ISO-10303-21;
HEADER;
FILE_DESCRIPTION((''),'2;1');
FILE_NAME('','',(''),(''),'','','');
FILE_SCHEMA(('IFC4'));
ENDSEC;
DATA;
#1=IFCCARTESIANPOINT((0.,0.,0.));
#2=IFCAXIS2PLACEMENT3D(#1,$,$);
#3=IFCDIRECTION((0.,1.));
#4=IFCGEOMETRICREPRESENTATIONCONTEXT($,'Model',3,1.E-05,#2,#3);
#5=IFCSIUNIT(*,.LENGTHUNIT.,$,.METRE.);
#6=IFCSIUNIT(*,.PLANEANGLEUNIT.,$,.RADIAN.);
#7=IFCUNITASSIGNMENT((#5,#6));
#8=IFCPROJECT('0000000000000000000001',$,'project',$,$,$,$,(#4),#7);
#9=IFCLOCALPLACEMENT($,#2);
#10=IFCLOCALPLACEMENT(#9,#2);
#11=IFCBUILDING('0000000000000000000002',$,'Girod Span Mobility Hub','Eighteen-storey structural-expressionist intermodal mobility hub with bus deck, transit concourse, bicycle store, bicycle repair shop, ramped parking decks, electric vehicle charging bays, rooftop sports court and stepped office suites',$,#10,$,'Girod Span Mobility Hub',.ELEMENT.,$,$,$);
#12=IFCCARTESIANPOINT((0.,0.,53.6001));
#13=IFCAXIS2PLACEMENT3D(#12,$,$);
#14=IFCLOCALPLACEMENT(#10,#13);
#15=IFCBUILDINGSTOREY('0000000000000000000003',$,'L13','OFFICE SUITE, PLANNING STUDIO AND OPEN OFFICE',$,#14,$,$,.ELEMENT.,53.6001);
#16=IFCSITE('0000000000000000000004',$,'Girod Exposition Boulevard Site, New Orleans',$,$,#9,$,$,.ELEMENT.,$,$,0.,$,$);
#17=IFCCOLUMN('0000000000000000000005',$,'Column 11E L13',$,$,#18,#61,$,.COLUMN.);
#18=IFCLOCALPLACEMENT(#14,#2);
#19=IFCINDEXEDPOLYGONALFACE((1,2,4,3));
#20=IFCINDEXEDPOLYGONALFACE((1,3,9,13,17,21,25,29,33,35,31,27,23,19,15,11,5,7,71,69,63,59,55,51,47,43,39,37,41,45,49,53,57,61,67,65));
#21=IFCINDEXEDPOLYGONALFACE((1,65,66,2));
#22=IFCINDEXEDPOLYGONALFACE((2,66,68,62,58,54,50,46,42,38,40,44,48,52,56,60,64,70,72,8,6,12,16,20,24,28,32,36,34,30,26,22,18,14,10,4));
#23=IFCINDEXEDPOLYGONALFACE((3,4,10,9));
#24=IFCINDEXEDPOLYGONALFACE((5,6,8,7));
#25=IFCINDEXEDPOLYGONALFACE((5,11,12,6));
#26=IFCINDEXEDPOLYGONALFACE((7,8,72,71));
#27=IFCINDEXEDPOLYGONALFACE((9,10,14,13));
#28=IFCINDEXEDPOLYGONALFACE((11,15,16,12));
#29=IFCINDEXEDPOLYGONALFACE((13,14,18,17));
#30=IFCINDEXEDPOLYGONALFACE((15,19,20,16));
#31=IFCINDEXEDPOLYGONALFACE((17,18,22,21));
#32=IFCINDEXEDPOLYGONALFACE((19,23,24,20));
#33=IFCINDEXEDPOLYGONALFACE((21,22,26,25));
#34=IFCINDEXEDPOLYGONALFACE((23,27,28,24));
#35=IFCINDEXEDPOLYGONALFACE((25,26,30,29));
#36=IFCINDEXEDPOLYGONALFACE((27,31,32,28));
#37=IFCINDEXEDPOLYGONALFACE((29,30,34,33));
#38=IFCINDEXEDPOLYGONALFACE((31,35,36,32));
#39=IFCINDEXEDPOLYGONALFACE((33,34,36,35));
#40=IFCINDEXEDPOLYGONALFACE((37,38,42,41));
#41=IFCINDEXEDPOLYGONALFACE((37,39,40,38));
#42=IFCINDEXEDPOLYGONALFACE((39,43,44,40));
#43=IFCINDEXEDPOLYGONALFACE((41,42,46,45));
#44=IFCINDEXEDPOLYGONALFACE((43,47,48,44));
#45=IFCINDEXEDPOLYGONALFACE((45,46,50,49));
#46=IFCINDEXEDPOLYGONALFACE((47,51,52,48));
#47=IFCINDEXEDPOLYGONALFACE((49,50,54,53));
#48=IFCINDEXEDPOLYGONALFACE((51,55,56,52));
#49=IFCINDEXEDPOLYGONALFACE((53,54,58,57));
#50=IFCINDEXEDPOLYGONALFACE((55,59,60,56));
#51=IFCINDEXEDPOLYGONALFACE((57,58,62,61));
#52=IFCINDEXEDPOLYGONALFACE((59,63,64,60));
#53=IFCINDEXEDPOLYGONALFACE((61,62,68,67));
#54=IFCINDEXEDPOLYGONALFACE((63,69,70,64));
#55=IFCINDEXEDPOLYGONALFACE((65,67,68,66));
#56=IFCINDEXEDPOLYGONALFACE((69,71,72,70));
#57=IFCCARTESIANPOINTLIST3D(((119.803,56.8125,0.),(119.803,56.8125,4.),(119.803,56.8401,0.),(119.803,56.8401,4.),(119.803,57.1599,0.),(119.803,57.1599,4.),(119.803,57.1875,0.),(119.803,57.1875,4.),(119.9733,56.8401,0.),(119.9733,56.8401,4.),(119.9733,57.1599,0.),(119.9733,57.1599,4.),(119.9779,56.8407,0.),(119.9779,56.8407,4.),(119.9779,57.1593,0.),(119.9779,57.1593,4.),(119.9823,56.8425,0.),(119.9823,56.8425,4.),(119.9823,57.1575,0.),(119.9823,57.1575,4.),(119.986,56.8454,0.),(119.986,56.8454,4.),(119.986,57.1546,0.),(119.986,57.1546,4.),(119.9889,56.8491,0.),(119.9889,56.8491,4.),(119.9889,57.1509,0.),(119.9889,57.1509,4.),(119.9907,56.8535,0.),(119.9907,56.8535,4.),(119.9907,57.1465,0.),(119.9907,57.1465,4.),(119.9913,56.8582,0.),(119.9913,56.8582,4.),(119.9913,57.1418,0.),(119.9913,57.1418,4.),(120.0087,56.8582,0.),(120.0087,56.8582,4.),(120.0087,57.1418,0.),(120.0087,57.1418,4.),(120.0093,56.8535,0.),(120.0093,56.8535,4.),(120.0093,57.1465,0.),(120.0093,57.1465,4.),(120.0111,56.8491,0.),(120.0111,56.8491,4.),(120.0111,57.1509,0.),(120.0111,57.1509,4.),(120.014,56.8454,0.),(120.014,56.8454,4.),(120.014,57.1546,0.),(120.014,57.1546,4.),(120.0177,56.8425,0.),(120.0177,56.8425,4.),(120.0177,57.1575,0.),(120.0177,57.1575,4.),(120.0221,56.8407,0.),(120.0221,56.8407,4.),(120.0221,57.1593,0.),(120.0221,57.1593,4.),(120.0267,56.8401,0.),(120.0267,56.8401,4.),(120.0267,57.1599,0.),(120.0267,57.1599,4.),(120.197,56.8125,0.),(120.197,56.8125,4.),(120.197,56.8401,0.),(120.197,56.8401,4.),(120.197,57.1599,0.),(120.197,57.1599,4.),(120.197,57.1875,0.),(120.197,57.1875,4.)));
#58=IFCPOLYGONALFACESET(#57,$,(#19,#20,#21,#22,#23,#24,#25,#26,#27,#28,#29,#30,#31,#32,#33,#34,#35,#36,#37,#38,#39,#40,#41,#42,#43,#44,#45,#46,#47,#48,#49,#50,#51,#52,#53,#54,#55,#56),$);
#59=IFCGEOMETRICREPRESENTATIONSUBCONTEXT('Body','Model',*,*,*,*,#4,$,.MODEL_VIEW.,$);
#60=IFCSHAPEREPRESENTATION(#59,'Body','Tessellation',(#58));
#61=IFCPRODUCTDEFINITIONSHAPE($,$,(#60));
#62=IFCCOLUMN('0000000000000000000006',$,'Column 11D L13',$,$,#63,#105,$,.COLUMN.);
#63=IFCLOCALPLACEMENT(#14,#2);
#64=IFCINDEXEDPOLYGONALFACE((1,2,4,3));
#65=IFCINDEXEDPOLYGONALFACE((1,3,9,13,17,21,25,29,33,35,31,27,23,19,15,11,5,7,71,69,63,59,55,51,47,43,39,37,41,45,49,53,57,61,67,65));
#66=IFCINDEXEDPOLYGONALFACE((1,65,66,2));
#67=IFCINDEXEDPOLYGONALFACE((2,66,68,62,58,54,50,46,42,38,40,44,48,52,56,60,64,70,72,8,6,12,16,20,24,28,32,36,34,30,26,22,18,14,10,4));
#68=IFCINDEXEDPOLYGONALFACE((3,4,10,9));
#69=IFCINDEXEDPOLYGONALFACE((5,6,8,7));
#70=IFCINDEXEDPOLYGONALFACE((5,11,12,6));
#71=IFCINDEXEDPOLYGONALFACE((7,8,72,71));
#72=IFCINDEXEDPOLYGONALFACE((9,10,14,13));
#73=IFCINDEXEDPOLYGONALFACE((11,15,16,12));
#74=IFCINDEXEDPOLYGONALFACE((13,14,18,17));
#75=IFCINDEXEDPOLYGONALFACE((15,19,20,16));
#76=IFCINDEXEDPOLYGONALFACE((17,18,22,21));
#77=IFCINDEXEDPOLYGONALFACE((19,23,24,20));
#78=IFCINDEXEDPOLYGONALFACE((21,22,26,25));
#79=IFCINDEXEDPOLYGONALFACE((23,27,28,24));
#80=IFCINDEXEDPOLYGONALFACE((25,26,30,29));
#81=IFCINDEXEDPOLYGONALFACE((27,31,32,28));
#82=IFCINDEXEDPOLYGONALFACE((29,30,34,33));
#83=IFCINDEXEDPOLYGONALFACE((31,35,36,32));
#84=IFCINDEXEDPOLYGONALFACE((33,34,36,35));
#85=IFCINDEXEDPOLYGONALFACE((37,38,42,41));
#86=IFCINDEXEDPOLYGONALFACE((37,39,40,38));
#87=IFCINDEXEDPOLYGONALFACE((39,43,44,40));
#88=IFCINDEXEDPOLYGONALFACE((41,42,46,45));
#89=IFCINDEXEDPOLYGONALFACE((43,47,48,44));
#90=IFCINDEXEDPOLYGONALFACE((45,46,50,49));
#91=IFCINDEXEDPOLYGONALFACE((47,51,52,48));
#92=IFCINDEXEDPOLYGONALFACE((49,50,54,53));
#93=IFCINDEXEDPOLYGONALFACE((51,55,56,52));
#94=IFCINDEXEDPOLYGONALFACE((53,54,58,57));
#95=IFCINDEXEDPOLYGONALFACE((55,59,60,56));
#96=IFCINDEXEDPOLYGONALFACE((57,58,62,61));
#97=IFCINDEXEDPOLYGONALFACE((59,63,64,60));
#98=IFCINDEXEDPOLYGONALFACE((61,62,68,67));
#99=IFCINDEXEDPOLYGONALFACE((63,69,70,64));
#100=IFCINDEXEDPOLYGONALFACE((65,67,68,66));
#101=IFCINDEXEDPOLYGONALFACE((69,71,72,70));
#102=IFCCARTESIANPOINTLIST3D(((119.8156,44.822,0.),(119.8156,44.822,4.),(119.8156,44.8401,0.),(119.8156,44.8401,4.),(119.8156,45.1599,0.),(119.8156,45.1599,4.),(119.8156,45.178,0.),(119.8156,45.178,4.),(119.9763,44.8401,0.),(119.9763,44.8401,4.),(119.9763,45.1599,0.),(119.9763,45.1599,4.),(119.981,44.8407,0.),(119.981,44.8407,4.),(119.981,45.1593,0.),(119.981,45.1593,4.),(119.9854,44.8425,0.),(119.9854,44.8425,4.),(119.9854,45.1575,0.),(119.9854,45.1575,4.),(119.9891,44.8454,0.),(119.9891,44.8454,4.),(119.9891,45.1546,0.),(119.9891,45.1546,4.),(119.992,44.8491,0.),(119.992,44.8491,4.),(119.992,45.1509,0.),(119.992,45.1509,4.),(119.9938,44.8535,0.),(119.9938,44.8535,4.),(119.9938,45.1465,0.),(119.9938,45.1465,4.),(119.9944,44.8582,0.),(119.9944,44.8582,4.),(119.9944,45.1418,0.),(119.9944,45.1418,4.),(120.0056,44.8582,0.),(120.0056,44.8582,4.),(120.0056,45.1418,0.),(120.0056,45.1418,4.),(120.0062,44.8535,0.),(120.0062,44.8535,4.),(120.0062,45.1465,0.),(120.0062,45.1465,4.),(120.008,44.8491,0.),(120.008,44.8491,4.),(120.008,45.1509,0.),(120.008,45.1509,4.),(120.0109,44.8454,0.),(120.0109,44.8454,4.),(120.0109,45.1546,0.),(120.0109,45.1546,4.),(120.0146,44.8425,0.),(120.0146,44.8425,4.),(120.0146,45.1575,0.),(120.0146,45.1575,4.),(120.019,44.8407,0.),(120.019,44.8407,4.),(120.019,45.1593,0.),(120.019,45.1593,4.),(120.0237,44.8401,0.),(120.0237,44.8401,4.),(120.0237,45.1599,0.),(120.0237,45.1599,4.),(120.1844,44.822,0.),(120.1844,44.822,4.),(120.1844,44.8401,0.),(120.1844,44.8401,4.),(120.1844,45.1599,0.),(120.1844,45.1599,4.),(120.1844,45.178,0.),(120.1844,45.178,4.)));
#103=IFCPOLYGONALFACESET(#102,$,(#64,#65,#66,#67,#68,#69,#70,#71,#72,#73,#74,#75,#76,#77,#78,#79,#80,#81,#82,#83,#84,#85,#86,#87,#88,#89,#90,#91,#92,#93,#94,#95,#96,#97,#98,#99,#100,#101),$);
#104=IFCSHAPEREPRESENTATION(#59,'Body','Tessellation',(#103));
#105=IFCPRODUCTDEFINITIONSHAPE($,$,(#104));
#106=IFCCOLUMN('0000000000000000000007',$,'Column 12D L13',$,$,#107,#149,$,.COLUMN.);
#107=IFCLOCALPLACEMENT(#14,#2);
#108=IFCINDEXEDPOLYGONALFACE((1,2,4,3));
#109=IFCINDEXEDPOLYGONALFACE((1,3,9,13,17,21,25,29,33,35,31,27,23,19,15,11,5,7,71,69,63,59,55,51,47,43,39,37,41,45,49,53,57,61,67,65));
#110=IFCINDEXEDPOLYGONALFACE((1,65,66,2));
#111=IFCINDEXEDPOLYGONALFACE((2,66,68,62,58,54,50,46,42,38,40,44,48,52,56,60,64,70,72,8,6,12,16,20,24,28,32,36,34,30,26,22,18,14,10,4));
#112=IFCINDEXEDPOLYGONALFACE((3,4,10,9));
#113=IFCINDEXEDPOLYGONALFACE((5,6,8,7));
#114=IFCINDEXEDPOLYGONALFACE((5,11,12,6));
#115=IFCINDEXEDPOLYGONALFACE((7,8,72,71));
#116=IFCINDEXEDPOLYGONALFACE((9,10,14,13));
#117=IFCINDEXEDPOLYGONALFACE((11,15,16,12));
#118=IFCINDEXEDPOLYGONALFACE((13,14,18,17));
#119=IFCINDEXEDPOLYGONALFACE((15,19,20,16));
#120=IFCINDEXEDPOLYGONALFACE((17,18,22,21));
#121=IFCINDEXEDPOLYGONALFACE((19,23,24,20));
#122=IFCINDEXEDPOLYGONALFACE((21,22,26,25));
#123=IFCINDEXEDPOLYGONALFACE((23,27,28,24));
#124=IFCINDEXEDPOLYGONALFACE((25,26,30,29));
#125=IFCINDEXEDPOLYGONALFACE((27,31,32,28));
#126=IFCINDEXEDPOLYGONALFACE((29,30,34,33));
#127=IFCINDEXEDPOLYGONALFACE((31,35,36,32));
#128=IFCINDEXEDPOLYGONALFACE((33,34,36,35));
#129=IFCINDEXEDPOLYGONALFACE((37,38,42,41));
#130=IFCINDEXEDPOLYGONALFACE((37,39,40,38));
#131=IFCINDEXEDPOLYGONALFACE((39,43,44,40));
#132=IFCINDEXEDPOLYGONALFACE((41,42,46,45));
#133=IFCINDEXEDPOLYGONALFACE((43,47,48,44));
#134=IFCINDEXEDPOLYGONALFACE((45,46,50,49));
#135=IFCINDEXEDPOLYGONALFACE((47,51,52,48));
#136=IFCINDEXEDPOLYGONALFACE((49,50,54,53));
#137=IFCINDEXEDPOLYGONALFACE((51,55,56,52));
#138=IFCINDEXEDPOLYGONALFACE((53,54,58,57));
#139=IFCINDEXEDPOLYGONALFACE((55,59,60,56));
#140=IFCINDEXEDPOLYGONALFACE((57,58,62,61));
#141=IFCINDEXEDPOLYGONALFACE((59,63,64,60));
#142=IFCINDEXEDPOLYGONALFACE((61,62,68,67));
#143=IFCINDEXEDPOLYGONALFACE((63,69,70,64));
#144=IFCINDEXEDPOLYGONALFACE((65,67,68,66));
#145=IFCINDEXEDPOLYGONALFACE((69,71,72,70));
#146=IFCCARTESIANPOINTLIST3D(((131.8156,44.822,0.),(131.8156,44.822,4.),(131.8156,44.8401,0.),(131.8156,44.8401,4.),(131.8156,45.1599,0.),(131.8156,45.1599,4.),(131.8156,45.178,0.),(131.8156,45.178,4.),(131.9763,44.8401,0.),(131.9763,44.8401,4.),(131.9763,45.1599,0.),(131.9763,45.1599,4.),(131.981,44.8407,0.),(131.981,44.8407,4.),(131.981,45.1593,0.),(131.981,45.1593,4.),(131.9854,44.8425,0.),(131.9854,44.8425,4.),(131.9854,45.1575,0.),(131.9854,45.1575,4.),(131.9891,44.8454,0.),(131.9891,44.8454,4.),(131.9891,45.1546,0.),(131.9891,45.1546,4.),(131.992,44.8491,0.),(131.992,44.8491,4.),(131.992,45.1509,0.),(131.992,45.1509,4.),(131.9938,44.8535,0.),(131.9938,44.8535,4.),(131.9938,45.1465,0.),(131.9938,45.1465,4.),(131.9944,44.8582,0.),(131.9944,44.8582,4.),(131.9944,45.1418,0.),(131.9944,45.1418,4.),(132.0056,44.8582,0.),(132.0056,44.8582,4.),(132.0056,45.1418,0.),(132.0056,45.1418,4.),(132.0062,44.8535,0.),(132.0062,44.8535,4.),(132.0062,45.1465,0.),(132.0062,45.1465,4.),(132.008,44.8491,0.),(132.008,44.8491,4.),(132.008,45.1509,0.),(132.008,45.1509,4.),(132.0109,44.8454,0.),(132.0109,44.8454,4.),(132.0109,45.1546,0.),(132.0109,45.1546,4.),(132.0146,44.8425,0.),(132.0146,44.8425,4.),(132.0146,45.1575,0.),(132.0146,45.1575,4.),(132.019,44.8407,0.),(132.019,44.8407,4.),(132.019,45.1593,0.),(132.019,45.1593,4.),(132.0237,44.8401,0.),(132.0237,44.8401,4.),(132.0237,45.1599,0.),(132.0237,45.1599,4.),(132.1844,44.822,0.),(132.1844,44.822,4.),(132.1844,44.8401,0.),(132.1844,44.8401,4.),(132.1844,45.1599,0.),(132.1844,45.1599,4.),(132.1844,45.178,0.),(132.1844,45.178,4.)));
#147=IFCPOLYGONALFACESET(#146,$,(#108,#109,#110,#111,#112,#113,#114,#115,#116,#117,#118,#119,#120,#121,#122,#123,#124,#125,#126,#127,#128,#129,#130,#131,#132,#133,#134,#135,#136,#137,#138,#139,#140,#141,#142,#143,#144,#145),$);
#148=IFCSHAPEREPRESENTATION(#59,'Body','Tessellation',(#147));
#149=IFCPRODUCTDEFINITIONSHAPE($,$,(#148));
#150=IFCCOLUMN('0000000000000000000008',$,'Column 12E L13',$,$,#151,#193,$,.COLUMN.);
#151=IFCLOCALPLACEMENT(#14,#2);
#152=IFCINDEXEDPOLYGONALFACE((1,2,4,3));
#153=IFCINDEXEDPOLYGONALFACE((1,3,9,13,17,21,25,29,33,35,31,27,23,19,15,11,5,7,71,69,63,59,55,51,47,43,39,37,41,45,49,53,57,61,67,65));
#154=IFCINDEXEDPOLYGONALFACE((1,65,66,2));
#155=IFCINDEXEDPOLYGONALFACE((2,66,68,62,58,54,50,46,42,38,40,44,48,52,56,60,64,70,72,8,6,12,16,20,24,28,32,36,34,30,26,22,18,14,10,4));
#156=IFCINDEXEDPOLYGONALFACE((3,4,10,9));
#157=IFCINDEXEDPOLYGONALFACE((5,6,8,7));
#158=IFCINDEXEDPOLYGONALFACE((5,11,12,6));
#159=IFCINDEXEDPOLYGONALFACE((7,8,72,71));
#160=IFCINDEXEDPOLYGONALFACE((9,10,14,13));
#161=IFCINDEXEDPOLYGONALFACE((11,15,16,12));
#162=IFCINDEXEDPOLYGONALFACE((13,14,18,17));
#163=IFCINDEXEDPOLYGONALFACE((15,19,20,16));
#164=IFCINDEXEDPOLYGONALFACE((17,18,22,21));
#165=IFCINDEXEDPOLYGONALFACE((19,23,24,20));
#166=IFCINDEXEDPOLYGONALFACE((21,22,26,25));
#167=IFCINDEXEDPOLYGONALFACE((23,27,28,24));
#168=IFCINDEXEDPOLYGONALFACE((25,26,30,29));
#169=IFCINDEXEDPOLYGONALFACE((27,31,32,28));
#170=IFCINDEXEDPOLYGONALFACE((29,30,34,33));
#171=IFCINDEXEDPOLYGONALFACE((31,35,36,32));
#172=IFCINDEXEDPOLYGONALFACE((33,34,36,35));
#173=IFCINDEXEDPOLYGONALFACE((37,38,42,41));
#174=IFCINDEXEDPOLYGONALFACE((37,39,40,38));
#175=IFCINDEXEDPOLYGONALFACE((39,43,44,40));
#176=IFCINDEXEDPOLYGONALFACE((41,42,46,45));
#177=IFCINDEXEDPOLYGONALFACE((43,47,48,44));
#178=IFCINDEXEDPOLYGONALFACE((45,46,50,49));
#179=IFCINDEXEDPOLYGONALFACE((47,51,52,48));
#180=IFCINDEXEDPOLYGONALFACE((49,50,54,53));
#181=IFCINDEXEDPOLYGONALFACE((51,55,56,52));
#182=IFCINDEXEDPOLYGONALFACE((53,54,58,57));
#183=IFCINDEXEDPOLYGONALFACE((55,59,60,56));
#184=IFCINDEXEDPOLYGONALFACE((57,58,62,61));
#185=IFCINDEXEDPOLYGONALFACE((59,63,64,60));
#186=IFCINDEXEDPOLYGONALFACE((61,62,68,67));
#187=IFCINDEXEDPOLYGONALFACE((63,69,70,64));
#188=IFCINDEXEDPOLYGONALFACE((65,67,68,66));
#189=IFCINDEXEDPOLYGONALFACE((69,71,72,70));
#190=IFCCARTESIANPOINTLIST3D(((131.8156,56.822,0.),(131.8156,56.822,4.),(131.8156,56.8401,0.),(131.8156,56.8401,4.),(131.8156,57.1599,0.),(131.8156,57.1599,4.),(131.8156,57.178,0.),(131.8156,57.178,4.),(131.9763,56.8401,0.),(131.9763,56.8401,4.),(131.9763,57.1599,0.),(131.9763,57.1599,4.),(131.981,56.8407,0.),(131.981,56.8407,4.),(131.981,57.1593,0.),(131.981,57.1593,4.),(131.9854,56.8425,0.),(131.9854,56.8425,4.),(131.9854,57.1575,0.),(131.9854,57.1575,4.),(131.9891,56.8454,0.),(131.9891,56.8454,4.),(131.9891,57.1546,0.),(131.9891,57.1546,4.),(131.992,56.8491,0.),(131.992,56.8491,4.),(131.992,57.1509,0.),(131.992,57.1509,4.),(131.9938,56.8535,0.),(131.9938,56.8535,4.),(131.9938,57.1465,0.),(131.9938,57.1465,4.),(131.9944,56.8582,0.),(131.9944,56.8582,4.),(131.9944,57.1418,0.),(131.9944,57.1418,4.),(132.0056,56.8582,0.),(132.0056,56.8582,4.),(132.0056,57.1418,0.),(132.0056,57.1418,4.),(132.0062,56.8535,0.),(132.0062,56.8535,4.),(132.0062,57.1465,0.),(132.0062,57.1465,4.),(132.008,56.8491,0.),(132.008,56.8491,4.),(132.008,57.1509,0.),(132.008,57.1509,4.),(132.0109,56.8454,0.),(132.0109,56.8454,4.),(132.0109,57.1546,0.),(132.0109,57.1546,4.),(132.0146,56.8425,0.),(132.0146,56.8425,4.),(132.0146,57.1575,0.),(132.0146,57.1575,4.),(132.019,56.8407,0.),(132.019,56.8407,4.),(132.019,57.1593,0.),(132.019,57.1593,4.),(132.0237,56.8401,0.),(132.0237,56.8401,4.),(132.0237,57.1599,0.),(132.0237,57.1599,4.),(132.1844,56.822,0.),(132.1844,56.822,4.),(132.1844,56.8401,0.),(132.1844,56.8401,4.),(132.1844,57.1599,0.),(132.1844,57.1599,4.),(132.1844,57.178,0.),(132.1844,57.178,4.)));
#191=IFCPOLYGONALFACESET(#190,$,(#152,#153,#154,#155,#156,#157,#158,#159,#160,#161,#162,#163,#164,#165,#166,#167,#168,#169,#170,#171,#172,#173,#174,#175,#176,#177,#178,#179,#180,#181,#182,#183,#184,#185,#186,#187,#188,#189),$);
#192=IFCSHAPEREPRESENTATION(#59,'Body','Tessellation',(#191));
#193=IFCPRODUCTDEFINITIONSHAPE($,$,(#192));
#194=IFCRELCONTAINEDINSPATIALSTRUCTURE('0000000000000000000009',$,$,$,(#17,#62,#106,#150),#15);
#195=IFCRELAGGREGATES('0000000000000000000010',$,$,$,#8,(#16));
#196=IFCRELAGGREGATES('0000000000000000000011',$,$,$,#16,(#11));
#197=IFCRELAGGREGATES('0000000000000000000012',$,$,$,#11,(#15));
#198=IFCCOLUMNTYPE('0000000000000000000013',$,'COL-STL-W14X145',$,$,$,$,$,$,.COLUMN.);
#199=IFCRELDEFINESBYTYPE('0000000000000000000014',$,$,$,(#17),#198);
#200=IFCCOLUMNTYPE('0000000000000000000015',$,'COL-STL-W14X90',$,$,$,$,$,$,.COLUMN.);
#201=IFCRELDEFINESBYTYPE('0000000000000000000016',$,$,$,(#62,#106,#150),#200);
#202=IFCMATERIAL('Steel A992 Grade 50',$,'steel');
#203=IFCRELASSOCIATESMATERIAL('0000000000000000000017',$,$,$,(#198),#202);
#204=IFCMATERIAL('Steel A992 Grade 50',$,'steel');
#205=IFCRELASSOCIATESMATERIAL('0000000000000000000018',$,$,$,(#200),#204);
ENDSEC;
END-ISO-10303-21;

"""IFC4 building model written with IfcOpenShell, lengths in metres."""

from ifc_helpers import new_model, si_unit, direction, frame, origin, origin_2d, place, context, subcontext, project, spatial, i_section, extrude, material, material_profile, profile_set, type_object, element, save


model = new_model("IFC4")

# Units and contexts
model_context = context("Model", 3, precision=1e-05, world=origin(), true_north=direction((0.0, 1.0)))
body_context = subcontext(model_context, "Body", "Model", "MODEL_VIEW")
ifc_project = project(units=[si_unit("LENGTHUNIT", "METRE"), si_unit("PLANEANGLEUNIT", "RADIAN")], contexts=[model_context])

# Site, building, storey
site_placement = place(None, origin())
site = spatial("IfcSite", under=ifc_project, at=site_placement, Name="Girod Exposition Boulevard Site, New Orleans", CompositionType="ELEMENT", RefElevation=0.0)
building_placement = place(site_placement, origin())
building = spatial("IfcBuilding", under=site, at=building_placement, Name="Girod Span Mobility Hub", Description="Eighteen-storey structural-expressionist intermodal mobility hub with bus deck, transit concourse, bicycle store, bicycle repair shop, ramped parking decks, electric vehicle charging bays, rooftop sports court and stepped office suites", LongName="Girod Span Mobility Hub", CompositionType="ELEMENT")
storey_placement = place(building_placement, frame((0.0, 0.0, 53.6001)))
storey = spatial("IfcBuildingStorey", under=building, at=storey_placement, Name="L13", Description="OFFICE SUITE, PLANNING STUDIO AND OPEN OFFICE", CompositionType="ELEMENT", Elevation=53.6001)

# Columns
ifc_material_1 = material(Name="Steel A992 Grade 50", Category="steel")
ifc_material_profile_1 = material_profile(ifc_material_1, i_section(OverallWidth=0.394, OverallDepth=0.375, WebThickness=0.0173, FlangeThickness=0.0276, FilletRadius=0.0181, at=origin_2d()), Name="W14X145")
ifc_profile_set_1 = profile_set([ifc_material_profile_1], Name="Steel A992 Grade 50")
column_type_1 = type_object("IfcColumnType", Name="COL-STL-W14X145", PredefinedType="COLUMN", material=ifc_profile_set_1)
column_placement = place(storey_placement, frame((120.0, 57.0, 0.0), z_axis=(0.0, 0.0, 1.0), x_axis=(1.0, 0.0, 0.0)))
element("IfcColumn", 1, at=column_placement, inside=storey, type_object=column_type_1, Name="Column 11E L13", PredefinedType="COLUMN", context=body_context, shape_type="SweptSolid", body=[
    extrude(i_section(OverallWidth=0.394, OverallDepth=0.375, WebThickness=0.0173, FlangeThickness=0.0276, FilletRadius=0.0181, at=origin_2d()), origin(), (0.0, 0.0, 1.0), 4.0),
])
ifc_material_2 = material(Name="Steel A992 Grade 50", Category="steel")
ifc_material_profile_2 = material_profile(ifc_material_2, i_section(OverallWidth=0.3689, OverallDepth=0.356, WebThickness=0.0112, FlangeThickness=0.0181, FilletRadius=0.0181, at=origin_2d()), Name="W14X90")
ifc_profile_set_2 = profile_set([ifc_material_profile_2], Name="Steel A992 Grade 50")
column_type_2 = type_object("IfcColumnType", Name="COL-STL-W14X90", PredefinedType="COLUMN", material=ifc_profile_set_2)
for number, where, z_axis, x_axis, name in (
    (2, (120.0, 45.0, 0.0), (0.0, 0.0, 1.0), (1.0, 0.0, 0.0), "Column 11D L13"),
    (3, (132.0, 45.0, 0.0), (0.0, 0.0, 1.0), (1.0, 0.0, 0.0), "Column 12D L13"),
    (4, (132.0, 57.0, 0.0), (0.0, 0.0, 1.0), (1.0, 0.0, 0.0), "Column 12E L13"),
):
    element("IfcColumn", number, at=place(storey_placement, frame(where, z_axis=z_axis, x_axis=x_axis)), inside=storey, type_object=column_type_2, Name=name, PredefinedType="COLUMN", context=body_context, shape_type="SweptSolid", body=[
        extrude(i_section(OverallWidth=0.3689, OverallDepth=0.356, WebThickness=0.0112, FlangeThickness=0.0181, FilletRadius=0.0181, at=origin_2d()), origin(), (0.0, 0.0, 1.0), 4.0),
    ])

save(model, "model.ifc")
